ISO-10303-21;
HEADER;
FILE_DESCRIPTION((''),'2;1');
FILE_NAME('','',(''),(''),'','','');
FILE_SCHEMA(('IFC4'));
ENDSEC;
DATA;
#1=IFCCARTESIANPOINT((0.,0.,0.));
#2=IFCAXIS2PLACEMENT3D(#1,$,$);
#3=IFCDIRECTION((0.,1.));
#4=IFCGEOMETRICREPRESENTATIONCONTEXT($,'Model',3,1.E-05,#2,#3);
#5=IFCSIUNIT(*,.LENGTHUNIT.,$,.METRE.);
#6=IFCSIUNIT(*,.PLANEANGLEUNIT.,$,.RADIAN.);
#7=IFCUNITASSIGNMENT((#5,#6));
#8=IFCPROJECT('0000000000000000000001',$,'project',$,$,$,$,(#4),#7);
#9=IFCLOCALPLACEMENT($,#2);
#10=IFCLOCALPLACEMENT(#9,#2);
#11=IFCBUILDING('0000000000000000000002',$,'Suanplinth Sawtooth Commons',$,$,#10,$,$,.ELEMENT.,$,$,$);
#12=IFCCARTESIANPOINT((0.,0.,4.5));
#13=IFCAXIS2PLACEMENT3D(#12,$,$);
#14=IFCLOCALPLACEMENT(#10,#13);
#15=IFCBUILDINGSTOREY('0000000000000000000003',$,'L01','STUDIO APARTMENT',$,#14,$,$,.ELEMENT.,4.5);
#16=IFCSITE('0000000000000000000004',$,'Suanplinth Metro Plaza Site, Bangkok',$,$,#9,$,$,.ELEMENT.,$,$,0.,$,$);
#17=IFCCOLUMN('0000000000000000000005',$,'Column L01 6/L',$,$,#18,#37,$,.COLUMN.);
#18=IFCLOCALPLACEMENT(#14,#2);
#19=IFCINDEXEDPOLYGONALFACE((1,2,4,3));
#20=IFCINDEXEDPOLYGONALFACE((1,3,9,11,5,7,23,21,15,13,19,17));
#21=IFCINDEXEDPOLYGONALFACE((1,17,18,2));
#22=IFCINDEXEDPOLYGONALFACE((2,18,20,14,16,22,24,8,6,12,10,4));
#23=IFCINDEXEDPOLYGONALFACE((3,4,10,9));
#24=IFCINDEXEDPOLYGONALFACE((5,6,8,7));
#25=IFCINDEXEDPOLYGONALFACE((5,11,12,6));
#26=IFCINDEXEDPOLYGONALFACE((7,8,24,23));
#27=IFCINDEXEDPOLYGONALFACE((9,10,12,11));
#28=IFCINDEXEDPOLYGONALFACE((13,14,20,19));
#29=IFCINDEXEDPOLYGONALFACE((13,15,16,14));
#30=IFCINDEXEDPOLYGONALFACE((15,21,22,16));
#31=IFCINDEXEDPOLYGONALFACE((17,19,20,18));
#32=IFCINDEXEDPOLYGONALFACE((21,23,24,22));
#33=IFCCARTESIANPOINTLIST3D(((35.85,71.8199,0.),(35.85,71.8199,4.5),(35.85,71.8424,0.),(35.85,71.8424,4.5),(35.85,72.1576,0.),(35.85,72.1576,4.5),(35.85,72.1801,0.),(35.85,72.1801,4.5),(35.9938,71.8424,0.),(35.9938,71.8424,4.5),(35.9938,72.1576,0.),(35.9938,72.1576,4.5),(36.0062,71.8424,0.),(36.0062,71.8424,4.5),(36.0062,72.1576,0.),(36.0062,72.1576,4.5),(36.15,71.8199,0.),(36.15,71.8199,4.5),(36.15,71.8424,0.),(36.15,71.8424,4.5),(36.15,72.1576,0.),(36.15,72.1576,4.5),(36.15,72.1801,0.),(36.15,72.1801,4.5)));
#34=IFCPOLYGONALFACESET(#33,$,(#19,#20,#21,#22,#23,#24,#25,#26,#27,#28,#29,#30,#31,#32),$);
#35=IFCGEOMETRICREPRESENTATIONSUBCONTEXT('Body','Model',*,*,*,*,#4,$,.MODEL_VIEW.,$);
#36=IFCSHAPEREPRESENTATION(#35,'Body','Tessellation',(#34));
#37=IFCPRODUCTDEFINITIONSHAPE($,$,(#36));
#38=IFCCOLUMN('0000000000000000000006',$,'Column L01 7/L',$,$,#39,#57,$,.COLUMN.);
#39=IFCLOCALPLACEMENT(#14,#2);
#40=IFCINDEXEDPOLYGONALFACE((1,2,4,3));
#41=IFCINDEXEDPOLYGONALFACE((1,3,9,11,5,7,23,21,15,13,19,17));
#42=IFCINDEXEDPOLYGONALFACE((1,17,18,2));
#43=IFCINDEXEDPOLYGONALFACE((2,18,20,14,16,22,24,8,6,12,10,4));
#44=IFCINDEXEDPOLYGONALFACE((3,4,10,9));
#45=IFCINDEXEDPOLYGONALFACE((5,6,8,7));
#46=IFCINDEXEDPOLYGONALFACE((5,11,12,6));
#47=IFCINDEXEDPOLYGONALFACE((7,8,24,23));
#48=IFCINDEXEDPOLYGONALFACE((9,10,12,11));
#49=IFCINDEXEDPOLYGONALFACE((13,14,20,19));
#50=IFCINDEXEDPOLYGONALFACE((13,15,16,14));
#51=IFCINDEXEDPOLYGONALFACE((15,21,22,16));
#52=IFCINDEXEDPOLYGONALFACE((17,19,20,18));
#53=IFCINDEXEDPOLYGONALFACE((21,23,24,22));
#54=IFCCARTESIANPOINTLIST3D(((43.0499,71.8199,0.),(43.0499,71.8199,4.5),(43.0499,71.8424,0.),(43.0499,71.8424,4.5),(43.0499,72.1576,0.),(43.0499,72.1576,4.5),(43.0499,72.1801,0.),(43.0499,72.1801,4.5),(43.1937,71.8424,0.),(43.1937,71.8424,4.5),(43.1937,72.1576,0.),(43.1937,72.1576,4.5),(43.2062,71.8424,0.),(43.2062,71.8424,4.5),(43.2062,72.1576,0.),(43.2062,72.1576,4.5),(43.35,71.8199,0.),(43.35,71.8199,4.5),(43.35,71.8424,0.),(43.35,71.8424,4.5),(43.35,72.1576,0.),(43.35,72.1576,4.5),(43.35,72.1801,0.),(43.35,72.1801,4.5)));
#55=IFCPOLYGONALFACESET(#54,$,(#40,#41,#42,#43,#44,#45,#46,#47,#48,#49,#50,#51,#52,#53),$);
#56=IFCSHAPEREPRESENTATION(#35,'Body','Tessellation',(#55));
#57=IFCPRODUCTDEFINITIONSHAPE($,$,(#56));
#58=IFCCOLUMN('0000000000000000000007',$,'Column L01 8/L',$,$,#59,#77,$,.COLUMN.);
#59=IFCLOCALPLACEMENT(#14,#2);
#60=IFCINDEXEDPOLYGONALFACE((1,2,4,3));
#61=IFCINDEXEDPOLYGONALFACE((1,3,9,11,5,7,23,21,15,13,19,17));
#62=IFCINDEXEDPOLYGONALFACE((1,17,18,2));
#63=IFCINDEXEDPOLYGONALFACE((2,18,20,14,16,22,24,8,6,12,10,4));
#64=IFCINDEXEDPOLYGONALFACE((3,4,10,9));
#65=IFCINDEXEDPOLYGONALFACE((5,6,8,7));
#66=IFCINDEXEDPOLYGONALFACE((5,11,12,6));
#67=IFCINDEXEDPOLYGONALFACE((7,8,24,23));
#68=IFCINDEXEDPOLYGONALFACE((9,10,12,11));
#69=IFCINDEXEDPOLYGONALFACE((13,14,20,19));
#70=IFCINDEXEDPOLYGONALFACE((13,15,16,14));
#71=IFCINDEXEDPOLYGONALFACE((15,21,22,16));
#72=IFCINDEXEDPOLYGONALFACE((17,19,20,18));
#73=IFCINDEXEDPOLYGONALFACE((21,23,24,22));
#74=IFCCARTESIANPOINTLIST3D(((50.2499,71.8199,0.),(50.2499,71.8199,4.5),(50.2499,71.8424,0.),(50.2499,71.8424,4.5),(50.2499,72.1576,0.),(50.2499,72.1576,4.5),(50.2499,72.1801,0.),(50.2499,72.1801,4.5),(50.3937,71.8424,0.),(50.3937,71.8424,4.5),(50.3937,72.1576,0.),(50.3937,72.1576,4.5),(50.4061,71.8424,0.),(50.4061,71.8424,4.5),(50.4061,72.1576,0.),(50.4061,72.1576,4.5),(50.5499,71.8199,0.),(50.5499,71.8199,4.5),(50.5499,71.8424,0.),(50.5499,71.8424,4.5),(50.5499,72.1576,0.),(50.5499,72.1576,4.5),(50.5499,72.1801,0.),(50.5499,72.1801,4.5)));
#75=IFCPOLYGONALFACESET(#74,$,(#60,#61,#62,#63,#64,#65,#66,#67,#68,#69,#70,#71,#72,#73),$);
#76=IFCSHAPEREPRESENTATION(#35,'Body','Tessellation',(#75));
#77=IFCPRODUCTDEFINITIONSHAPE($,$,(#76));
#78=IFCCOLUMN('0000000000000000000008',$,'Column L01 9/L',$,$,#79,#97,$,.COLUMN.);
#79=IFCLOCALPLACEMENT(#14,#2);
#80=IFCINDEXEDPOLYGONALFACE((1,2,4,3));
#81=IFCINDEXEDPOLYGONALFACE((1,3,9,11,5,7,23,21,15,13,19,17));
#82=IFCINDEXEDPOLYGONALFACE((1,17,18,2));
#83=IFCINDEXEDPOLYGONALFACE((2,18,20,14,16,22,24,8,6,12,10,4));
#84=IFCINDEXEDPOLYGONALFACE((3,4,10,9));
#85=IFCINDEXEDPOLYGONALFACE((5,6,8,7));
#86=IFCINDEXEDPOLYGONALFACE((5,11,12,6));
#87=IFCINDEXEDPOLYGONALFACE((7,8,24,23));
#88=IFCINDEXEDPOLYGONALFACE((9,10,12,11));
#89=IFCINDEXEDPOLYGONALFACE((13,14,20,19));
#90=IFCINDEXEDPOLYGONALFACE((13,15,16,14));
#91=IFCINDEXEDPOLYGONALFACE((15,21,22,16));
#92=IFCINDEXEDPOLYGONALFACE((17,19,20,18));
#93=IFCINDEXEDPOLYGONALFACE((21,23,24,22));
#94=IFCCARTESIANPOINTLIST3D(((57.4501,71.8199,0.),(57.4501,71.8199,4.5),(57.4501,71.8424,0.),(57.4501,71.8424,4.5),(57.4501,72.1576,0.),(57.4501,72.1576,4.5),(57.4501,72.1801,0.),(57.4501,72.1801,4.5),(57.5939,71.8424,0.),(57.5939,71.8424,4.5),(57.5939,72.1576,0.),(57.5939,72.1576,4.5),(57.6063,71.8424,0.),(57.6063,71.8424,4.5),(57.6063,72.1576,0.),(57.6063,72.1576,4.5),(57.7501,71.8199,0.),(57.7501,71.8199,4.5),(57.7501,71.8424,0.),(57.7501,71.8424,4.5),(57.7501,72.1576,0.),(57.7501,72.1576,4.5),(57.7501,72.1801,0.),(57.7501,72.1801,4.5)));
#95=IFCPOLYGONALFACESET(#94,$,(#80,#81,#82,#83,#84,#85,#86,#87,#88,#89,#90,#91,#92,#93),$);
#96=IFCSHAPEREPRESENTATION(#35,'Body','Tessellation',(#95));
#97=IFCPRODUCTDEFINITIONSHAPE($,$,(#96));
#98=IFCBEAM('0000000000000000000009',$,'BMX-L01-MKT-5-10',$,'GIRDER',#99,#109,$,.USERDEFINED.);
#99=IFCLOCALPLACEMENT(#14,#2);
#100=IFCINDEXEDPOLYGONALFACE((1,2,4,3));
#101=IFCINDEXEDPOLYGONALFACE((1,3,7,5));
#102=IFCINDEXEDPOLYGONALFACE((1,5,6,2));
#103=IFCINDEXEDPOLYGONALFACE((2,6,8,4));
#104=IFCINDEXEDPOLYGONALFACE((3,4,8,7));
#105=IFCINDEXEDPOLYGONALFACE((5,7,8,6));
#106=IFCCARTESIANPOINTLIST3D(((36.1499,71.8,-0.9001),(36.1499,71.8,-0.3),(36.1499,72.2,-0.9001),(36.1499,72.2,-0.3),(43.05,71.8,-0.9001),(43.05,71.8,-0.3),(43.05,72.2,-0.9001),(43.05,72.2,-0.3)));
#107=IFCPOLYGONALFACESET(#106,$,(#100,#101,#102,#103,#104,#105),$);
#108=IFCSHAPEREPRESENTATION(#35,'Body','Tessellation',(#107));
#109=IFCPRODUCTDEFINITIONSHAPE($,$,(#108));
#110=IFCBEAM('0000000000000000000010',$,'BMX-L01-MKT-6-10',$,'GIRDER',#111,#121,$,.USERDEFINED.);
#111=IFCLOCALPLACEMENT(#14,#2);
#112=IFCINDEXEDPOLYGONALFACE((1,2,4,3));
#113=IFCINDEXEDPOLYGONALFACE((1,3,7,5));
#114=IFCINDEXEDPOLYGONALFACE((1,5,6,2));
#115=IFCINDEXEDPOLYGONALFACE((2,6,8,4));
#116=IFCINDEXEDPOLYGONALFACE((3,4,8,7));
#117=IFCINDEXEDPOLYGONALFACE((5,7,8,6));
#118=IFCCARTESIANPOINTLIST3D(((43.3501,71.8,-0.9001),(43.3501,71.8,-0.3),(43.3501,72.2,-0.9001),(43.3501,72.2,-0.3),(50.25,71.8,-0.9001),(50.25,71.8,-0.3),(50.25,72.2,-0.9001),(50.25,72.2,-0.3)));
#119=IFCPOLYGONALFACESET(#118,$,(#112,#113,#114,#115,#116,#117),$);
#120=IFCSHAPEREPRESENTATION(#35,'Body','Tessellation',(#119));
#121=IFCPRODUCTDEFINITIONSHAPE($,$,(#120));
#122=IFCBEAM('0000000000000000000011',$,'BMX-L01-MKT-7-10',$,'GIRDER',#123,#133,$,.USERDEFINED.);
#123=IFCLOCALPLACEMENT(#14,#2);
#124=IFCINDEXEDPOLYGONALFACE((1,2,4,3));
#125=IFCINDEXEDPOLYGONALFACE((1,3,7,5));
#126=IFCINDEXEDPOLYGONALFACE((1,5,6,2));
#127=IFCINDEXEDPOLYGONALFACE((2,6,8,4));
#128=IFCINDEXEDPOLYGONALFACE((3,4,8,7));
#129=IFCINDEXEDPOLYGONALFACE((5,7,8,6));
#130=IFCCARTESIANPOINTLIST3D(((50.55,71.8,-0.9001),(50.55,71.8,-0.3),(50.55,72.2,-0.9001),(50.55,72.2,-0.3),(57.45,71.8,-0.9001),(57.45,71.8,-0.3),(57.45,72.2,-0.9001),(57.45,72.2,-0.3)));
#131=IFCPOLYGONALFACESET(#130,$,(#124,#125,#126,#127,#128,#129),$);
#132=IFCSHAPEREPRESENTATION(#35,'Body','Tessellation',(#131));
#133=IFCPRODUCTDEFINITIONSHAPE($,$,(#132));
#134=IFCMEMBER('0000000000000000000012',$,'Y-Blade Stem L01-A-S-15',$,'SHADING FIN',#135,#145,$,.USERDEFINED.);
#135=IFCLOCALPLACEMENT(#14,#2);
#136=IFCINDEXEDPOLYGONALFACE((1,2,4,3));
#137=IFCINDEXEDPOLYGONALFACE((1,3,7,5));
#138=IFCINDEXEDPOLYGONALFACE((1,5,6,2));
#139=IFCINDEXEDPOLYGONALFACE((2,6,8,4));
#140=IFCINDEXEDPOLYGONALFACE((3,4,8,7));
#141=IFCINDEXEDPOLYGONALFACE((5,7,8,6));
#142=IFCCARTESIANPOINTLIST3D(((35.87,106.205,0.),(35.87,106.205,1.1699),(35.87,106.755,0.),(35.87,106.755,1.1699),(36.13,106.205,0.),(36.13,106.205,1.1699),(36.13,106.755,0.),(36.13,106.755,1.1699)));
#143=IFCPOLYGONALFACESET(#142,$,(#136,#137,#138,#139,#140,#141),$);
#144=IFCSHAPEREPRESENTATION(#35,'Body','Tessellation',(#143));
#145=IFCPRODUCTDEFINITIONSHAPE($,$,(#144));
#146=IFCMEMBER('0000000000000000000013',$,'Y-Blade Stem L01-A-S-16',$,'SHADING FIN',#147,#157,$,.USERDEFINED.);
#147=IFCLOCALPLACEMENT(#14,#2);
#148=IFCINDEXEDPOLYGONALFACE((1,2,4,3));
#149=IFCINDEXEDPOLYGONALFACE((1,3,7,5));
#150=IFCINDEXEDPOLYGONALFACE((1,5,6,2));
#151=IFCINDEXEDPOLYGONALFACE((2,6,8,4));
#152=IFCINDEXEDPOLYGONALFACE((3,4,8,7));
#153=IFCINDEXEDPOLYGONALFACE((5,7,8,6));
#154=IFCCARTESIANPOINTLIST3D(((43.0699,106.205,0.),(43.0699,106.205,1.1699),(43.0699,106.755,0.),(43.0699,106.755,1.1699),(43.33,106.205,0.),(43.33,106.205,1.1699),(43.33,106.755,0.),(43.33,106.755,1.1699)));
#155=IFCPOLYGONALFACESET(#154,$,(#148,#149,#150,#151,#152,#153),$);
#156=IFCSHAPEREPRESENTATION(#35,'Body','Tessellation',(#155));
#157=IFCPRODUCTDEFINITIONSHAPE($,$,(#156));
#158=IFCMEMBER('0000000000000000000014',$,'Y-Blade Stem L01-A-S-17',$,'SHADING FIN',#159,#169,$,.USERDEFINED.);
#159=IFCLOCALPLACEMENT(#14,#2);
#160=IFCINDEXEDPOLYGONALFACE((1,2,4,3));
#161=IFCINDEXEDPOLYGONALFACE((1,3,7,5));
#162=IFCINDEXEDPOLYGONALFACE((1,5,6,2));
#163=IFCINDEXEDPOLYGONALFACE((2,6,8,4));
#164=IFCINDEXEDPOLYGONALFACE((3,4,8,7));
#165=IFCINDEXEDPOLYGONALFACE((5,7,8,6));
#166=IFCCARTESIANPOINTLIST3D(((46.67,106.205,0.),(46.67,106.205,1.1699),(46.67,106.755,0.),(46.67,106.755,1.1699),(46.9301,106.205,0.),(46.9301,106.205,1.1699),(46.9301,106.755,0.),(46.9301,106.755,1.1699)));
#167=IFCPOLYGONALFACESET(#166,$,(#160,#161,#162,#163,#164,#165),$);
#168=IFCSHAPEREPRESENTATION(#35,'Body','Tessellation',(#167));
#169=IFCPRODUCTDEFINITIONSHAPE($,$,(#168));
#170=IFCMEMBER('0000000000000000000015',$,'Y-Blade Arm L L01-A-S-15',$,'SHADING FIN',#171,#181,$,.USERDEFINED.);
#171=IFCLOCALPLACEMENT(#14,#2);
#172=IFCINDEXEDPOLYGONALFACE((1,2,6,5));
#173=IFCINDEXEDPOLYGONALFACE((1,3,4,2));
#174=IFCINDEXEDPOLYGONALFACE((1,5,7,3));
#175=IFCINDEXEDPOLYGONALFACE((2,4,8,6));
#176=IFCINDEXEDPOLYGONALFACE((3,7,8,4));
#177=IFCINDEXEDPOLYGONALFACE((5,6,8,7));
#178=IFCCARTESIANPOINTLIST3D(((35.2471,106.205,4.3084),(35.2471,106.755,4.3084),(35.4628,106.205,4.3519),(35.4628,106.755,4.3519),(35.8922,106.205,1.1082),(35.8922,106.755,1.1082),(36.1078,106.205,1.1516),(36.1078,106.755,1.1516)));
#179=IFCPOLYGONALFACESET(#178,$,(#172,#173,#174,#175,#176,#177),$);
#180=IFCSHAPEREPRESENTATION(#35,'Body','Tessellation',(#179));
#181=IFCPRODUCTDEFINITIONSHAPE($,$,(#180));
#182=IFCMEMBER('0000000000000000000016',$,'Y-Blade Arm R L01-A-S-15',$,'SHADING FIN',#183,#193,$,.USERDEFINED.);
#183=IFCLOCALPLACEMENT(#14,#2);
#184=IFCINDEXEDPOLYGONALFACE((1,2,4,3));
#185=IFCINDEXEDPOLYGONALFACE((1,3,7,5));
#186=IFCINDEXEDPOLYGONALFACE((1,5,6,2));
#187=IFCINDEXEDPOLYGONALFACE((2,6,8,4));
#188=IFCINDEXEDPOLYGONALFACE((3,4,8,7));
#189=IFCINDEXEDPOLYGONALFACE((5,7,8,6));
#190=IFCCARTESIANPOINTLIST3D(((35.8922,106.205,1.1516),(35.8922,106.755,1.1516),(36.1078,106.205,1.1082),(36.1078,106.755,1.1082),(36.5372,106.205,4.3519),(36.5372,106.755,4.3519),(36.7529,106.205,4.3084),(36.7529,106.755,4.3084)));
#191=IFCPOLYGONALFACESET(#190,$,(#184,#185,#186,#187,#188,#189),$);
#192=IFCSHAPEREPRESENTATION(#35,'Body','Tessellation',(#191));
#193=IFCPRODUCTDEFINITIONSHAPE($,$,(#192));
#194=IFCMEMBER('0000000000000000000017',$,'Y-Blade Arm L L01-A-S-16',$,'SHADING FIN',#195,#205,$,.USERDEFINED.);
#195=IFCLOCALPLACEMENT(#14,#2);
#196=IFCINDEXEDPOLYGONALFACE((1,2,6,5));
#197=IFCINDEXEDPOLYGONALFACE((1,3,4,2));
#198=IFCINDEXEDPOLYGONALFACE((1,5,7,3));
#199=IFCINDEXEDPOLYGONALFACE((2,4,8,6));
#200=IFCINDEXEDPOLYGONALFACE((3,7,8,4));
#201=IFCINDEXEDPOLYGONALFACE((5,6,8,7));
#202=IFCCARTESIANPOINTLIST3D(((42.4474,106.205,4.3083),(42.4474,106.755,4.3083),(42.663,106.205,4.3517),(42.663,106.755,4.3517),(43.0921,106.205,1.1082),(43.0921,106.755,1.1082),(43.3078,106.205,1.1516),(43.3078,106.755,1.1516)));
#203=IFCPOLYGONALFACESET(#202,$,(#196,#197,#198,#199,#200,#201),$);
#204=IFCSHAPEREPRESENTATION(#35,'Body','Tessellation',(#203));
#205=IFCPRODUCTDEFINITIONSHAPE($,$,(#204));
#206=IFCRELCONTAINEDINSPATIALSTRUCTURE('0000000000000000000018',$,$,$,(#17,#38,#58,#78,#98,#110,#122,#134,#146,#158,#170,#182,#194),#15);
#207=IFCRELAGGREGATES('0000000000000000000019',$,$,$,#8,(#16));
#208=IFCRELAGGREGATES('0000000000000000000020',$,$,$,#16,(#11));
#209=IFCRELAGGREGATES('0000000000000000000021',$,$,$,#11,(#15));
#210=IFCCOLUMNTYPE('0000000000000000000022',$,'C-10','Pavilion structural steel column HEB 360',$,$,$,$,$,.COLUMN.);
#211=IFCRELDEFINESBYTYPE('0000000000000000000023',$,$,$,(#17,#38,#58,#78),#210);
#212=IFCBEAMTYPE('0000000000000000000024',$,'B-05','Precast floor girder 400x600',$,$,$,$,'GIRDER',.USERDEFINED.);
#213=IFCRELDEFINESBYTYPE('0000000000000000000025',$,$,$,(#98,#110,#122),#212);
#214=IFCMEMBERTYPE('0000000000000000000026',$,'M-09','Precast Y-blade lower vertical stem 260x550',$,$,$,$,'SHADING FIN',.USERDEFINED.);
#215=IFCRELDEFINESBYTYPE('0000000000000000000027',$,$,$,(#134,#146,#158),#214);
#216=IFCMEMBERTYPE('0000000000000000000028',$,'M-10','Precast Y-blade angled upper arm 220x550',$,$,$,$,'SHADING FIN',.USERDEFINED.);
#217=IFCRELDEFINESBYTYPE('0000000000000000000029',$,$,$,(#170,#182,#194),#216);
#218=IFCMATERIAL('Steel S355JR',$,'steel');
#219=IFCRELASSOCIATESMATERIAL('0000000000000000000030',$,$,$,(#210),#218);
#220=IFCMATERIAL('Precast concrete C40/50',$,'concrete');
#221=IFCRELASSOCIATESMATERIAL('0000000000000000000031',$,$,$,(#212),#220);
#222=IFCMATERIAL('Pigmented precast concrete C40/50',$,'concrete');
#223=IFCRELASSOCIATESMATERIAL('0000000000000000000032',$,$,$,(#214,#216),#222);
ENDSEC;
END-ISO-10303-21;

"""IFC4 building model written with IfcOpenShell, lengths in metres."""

from ifc_helpers import new_model, si_unit, direction, frame, origin, origin_2d, place, context, subcontext, project, spatial, rectangle, i_section, extrude, material, material_profile, profile_set, type_object, element, save


model = new_model("IFC4")

# Units and contexts
model_context = context("Model", 3, precision=1e-05, world=origin(), true_north=direction((0.0, 1.0)))
body_context = subcontext(model_context, "Body", "Model", "MODEL_VIEW")
ifc_project = project(units=[si_unit("LENGTHUNIT", "METRE"), si_unit("PLANEANGLEUNIT", "RADIAN")], contexts=[model_context])

# Site, building, storey
site_placement = place(None, origin())
site = spatial("IfcSite", under=ifc_project, at=site_placement, Name="Suanplinth Metro Plaza Site, Bangkok", CompositionType="ELEMENT", RefElevation=0.0)
building_placement = place(site_placement, origin())
building = spatial("IfcBuilding", under=site, at=building_placement, Name="Suanplinth Sawtooth Commons", CompositionType="ELEMENT")
storey_placement = place(building_placement, frame((0.0, 0.0, 4.5)))
storey = spatial("IfcBuildingStorey", under=building, at=storey_placement, Name="L01", Description="STUDIO APARTMENT", CompositionType="ELEMENT", Elevation=4.5)

# Columns
ifc_material_1 = material(Name="Steel S355JR", Category="steel")
ifc_material_profile_1 = material_profile(ifc_material_1, i_section(OverallWidth=0.3, OverallDepth=0.3601, WebThickness=0.0125, FlangeThickness=0.0225, at=origin_2d()), Name="HEB 360")
ifc_profile_set_1 = profile_set([ifc_material_profile_1], Name="Steel S355JR")
column_type = type_object("IfcColumnType", Name="C-10", Description="Pavilion structural steel column HEB 360", PredefinedType="COLUMN", material=ifc_profile_set_1)
for number, where, z_axis, x_axis, name in (
    (1, (36.0, 72.0, 0.0), (0.0, 0.0, 1.0), (1.0, 0.0, 0.0), "Column L01 6/L"),
    (2, (43.2, 72.0, 0.0), (0.0, 0.0, 1.0), (1.0, 0.0, 0.0), "Column L01 7/L"),
    (3, (50.3999, 72.0, 0.0), (0.0, 0.0, 1.0), (1.0, 0.0, 0.0), "Column L01 8/L"),
    (4, (57.6001, 72.0, 0.0), (0.0, 0.0, 1.0), (1.0, 0.0, 0.0), "Column L01 9/L"),
):
    element("IfcColumn", number, at=place(storey_placement, frame(where, z_axis=z_axis, x_axis=x_axis)), inside=storey, type_object=column_type, Name=name, PredefinedType="COLUMN", context=body_context, shape_type="SweptSolid", body=[
        extrude(i_section(OverallWidth=0.3, OverallDepth=0.3601, WebThickness=0.0125, FlangeThickness=0.0225, at=origin_2d()), origin(), (0.0, 0.0, 1.0), 4.5),
    ])

# Beams
ifc_material_2 = material(Name="Precast concrete C40/50", Category="concrete")
ifc_material_profile_2 = material_profile(ifc_material_2, rectangle(XDim=0.3999, YDim=0.6001, at=origin_2d()), Name="PC-GDR 400x600")
ifc_profile_set_2 = profile_set([ifc_material_profile_2], Name="Precast concrete C40/50")
beam_type = type_object("IfcBeamType", Name="B-05", Description="Precast floor girder 400x600", ElementType="GIRDER", PredefinedType="USERDEFINED", material=ifc_profile_set_2)
beam_placement = place(storey_placement, frame((36.1499, 72.0, -0.6001), z_axis=(1.0, 0.0, 0.0), x_axis=(0.0, 1.0, 0.0)))
element("IfcBeam", 5, at=beam_placement, inside=storey, type_object=beam_type, Name="BMX-L01-MKT-5-10", ObjectType="GIRDER", PredefinedType="USERDEFINED", context=body_context, shape_type="SweptSolid", body=[
    extrude(rectangle(XDim=0.3999, YDim=0.6001, at=origin_2d()), origin(), (0.0, 0.0, 1.0), 6.9001),
])
for number, where, z_axis, x_axis, name in (
    (6, (43.3501, 72.0, -0.6001), (1.0, 0.0, 0.0), (0.0, 1.0, 0.0), "BMX-L01-MKT-6-10"),
    (7, (50.55, 72.0, -0.6001), (1.0, 0.0, 0.0), (0.0, 1.0, 0.0), "BMX-L01-MKT-7-10"),
):
    element("IfcBeam", number, at=place(storey_placement, frame(where, z_axis=z_axis, x_axis=x_axis)), inside=storey, type_object=beam_type, Name=name, ObjectType="GIRDER", PredefinedType="USERDEFINED", context=body_context, shape_type="SweptSolid", body=[
        extrude(rectangle(XDim=0.3999, YDim=0.6001, at=origin_2d()), origin(), (0.0, 0.0, 1.0), 6.8999),
    ])

# Members
ifc_material_3 = material(Name="Pigmented precast concrete C40/50", Category="concrete")
ifc_material_profile_3 = material_profile(ifc_material_3, rectangle(XDim=0.26, YDim=0.55, at=origin_2d()), Name="PC-FIN 260x550")
ifc_profile_set_3 = profile_set([ifc_material_profile_3], Name="Pigmented precast concrete C40/50")
member_type_1 = type_object("IfcMemberType", Name="M-09", Description="Precast Y-blade lower vertical stem 260x550", ElementType="SHADING FIN", PredefinedType="USERDEFINED", material=ifc_profile_set_3)
for number, where, z_axis, x_axis, name in (
    (8, (36.0, 106.48, 0.0), (0.0, 0.0, 1.0), (1.0, 0.0, 0.0), "Y-Blade Stem L01-A-S-15"),
    (9, (43.2, 106.48, 0.0), (0.0, 0.0, 1.0), (1.0, 0.0, 0.0), "Y-Blade Stem L01-A-S-16"),
    (10, (46.8, 106.48, 0.0), (0.0, 0.0, 1.0), (1.0, 0.0, 0.0), "Y-Blade Stem L01-A-S-17"),
):
    element("IfcMember", number, at=place(storey_placement, frame(where, z_axis=z_axis, x_axis=x_axis)), inside=storey, type_object=member_type_1, Name=name, ObjectType="SHADING FIN", PredefinedType="USERDEFINED", context=body_context, shape_type="SweptSolid", body=[
        extrude(rectangle(XDim=0.26, YDim=0.55, at=origin_2d()), origin(), (0.0, 0.0, 1.0), 1.1699),
    ])
ifc_material_profile_4 = material_profile(ifc_material_3, rectangle(XDim=0.22, YDim=0.55, at=origin_2d()), Name="PC-FIN 220x550")
ifc_profile_set_4 = profile_set([ifc_material_profile_4], Name="Pigmented precast concrete C40/50")
member_type_2 = type_object("IfcMemberType", Name="M-10", Description="Precast Y-blade angled upper arm 220x550", ElementType="SHADING FIN", PredefinedType="USERDEFINED", material=ifc_profile_set_4)
for number, where, z_axis, x_axis, name in (
    (11, (36.0, 106.48, 1.1299), (-0.197583, 0.0, 0.980286), (0.980286, 0.0, 0.197583), "Y-Blade Arm L L01-A-S-15"),
    (12, (36.0, 106.48, 1.1299), (0.197583, 0.0, 0.980286), (-0.980286, 0.0, 0.197583), "Y-Blade Arm R L01-A-S-15"),
):
    element("IfcMember", number, at=place(storey_placement, frame(where, z_axis=z_axis, x_axis=x_axis)), inside=storey, type_object=member_type_2, Name=name, ObjectType="SHADING FIN", PredefinedType="USERDEFINED", context=body_context, shape_type="SweptSolid", body=[
        extrude(rectangle(XDim=0.22, YDim=0.55, at=origin_2d()), origin(), (0.0, 0.0, 1.0), 3.2646),
    ])
member_1_placement = place(storey_placement, frame((43.2, 106.48, 1.1299), z_axis=(-0.197511, 0.0, 0.980301), x_axis=(0.980301, 0.0, 0.197511)))
element("IfcMember", 13, at=member_1_placement, inside=storey, type_object=member_type_2, Name="Y-Blade Arm L L01-A-S-16", ObjectType="SHADING FIN", PredefinedType="USERDEFINED", context=body_context, shape_type="SweptSolid", body=[
    extrude(rectangle(XDim=0.22, YDim=0.55, at=origin_2d()), origin(), (0.0, 0.0, 1.0), 3.2644),
])

save(model, "model.ifc")
